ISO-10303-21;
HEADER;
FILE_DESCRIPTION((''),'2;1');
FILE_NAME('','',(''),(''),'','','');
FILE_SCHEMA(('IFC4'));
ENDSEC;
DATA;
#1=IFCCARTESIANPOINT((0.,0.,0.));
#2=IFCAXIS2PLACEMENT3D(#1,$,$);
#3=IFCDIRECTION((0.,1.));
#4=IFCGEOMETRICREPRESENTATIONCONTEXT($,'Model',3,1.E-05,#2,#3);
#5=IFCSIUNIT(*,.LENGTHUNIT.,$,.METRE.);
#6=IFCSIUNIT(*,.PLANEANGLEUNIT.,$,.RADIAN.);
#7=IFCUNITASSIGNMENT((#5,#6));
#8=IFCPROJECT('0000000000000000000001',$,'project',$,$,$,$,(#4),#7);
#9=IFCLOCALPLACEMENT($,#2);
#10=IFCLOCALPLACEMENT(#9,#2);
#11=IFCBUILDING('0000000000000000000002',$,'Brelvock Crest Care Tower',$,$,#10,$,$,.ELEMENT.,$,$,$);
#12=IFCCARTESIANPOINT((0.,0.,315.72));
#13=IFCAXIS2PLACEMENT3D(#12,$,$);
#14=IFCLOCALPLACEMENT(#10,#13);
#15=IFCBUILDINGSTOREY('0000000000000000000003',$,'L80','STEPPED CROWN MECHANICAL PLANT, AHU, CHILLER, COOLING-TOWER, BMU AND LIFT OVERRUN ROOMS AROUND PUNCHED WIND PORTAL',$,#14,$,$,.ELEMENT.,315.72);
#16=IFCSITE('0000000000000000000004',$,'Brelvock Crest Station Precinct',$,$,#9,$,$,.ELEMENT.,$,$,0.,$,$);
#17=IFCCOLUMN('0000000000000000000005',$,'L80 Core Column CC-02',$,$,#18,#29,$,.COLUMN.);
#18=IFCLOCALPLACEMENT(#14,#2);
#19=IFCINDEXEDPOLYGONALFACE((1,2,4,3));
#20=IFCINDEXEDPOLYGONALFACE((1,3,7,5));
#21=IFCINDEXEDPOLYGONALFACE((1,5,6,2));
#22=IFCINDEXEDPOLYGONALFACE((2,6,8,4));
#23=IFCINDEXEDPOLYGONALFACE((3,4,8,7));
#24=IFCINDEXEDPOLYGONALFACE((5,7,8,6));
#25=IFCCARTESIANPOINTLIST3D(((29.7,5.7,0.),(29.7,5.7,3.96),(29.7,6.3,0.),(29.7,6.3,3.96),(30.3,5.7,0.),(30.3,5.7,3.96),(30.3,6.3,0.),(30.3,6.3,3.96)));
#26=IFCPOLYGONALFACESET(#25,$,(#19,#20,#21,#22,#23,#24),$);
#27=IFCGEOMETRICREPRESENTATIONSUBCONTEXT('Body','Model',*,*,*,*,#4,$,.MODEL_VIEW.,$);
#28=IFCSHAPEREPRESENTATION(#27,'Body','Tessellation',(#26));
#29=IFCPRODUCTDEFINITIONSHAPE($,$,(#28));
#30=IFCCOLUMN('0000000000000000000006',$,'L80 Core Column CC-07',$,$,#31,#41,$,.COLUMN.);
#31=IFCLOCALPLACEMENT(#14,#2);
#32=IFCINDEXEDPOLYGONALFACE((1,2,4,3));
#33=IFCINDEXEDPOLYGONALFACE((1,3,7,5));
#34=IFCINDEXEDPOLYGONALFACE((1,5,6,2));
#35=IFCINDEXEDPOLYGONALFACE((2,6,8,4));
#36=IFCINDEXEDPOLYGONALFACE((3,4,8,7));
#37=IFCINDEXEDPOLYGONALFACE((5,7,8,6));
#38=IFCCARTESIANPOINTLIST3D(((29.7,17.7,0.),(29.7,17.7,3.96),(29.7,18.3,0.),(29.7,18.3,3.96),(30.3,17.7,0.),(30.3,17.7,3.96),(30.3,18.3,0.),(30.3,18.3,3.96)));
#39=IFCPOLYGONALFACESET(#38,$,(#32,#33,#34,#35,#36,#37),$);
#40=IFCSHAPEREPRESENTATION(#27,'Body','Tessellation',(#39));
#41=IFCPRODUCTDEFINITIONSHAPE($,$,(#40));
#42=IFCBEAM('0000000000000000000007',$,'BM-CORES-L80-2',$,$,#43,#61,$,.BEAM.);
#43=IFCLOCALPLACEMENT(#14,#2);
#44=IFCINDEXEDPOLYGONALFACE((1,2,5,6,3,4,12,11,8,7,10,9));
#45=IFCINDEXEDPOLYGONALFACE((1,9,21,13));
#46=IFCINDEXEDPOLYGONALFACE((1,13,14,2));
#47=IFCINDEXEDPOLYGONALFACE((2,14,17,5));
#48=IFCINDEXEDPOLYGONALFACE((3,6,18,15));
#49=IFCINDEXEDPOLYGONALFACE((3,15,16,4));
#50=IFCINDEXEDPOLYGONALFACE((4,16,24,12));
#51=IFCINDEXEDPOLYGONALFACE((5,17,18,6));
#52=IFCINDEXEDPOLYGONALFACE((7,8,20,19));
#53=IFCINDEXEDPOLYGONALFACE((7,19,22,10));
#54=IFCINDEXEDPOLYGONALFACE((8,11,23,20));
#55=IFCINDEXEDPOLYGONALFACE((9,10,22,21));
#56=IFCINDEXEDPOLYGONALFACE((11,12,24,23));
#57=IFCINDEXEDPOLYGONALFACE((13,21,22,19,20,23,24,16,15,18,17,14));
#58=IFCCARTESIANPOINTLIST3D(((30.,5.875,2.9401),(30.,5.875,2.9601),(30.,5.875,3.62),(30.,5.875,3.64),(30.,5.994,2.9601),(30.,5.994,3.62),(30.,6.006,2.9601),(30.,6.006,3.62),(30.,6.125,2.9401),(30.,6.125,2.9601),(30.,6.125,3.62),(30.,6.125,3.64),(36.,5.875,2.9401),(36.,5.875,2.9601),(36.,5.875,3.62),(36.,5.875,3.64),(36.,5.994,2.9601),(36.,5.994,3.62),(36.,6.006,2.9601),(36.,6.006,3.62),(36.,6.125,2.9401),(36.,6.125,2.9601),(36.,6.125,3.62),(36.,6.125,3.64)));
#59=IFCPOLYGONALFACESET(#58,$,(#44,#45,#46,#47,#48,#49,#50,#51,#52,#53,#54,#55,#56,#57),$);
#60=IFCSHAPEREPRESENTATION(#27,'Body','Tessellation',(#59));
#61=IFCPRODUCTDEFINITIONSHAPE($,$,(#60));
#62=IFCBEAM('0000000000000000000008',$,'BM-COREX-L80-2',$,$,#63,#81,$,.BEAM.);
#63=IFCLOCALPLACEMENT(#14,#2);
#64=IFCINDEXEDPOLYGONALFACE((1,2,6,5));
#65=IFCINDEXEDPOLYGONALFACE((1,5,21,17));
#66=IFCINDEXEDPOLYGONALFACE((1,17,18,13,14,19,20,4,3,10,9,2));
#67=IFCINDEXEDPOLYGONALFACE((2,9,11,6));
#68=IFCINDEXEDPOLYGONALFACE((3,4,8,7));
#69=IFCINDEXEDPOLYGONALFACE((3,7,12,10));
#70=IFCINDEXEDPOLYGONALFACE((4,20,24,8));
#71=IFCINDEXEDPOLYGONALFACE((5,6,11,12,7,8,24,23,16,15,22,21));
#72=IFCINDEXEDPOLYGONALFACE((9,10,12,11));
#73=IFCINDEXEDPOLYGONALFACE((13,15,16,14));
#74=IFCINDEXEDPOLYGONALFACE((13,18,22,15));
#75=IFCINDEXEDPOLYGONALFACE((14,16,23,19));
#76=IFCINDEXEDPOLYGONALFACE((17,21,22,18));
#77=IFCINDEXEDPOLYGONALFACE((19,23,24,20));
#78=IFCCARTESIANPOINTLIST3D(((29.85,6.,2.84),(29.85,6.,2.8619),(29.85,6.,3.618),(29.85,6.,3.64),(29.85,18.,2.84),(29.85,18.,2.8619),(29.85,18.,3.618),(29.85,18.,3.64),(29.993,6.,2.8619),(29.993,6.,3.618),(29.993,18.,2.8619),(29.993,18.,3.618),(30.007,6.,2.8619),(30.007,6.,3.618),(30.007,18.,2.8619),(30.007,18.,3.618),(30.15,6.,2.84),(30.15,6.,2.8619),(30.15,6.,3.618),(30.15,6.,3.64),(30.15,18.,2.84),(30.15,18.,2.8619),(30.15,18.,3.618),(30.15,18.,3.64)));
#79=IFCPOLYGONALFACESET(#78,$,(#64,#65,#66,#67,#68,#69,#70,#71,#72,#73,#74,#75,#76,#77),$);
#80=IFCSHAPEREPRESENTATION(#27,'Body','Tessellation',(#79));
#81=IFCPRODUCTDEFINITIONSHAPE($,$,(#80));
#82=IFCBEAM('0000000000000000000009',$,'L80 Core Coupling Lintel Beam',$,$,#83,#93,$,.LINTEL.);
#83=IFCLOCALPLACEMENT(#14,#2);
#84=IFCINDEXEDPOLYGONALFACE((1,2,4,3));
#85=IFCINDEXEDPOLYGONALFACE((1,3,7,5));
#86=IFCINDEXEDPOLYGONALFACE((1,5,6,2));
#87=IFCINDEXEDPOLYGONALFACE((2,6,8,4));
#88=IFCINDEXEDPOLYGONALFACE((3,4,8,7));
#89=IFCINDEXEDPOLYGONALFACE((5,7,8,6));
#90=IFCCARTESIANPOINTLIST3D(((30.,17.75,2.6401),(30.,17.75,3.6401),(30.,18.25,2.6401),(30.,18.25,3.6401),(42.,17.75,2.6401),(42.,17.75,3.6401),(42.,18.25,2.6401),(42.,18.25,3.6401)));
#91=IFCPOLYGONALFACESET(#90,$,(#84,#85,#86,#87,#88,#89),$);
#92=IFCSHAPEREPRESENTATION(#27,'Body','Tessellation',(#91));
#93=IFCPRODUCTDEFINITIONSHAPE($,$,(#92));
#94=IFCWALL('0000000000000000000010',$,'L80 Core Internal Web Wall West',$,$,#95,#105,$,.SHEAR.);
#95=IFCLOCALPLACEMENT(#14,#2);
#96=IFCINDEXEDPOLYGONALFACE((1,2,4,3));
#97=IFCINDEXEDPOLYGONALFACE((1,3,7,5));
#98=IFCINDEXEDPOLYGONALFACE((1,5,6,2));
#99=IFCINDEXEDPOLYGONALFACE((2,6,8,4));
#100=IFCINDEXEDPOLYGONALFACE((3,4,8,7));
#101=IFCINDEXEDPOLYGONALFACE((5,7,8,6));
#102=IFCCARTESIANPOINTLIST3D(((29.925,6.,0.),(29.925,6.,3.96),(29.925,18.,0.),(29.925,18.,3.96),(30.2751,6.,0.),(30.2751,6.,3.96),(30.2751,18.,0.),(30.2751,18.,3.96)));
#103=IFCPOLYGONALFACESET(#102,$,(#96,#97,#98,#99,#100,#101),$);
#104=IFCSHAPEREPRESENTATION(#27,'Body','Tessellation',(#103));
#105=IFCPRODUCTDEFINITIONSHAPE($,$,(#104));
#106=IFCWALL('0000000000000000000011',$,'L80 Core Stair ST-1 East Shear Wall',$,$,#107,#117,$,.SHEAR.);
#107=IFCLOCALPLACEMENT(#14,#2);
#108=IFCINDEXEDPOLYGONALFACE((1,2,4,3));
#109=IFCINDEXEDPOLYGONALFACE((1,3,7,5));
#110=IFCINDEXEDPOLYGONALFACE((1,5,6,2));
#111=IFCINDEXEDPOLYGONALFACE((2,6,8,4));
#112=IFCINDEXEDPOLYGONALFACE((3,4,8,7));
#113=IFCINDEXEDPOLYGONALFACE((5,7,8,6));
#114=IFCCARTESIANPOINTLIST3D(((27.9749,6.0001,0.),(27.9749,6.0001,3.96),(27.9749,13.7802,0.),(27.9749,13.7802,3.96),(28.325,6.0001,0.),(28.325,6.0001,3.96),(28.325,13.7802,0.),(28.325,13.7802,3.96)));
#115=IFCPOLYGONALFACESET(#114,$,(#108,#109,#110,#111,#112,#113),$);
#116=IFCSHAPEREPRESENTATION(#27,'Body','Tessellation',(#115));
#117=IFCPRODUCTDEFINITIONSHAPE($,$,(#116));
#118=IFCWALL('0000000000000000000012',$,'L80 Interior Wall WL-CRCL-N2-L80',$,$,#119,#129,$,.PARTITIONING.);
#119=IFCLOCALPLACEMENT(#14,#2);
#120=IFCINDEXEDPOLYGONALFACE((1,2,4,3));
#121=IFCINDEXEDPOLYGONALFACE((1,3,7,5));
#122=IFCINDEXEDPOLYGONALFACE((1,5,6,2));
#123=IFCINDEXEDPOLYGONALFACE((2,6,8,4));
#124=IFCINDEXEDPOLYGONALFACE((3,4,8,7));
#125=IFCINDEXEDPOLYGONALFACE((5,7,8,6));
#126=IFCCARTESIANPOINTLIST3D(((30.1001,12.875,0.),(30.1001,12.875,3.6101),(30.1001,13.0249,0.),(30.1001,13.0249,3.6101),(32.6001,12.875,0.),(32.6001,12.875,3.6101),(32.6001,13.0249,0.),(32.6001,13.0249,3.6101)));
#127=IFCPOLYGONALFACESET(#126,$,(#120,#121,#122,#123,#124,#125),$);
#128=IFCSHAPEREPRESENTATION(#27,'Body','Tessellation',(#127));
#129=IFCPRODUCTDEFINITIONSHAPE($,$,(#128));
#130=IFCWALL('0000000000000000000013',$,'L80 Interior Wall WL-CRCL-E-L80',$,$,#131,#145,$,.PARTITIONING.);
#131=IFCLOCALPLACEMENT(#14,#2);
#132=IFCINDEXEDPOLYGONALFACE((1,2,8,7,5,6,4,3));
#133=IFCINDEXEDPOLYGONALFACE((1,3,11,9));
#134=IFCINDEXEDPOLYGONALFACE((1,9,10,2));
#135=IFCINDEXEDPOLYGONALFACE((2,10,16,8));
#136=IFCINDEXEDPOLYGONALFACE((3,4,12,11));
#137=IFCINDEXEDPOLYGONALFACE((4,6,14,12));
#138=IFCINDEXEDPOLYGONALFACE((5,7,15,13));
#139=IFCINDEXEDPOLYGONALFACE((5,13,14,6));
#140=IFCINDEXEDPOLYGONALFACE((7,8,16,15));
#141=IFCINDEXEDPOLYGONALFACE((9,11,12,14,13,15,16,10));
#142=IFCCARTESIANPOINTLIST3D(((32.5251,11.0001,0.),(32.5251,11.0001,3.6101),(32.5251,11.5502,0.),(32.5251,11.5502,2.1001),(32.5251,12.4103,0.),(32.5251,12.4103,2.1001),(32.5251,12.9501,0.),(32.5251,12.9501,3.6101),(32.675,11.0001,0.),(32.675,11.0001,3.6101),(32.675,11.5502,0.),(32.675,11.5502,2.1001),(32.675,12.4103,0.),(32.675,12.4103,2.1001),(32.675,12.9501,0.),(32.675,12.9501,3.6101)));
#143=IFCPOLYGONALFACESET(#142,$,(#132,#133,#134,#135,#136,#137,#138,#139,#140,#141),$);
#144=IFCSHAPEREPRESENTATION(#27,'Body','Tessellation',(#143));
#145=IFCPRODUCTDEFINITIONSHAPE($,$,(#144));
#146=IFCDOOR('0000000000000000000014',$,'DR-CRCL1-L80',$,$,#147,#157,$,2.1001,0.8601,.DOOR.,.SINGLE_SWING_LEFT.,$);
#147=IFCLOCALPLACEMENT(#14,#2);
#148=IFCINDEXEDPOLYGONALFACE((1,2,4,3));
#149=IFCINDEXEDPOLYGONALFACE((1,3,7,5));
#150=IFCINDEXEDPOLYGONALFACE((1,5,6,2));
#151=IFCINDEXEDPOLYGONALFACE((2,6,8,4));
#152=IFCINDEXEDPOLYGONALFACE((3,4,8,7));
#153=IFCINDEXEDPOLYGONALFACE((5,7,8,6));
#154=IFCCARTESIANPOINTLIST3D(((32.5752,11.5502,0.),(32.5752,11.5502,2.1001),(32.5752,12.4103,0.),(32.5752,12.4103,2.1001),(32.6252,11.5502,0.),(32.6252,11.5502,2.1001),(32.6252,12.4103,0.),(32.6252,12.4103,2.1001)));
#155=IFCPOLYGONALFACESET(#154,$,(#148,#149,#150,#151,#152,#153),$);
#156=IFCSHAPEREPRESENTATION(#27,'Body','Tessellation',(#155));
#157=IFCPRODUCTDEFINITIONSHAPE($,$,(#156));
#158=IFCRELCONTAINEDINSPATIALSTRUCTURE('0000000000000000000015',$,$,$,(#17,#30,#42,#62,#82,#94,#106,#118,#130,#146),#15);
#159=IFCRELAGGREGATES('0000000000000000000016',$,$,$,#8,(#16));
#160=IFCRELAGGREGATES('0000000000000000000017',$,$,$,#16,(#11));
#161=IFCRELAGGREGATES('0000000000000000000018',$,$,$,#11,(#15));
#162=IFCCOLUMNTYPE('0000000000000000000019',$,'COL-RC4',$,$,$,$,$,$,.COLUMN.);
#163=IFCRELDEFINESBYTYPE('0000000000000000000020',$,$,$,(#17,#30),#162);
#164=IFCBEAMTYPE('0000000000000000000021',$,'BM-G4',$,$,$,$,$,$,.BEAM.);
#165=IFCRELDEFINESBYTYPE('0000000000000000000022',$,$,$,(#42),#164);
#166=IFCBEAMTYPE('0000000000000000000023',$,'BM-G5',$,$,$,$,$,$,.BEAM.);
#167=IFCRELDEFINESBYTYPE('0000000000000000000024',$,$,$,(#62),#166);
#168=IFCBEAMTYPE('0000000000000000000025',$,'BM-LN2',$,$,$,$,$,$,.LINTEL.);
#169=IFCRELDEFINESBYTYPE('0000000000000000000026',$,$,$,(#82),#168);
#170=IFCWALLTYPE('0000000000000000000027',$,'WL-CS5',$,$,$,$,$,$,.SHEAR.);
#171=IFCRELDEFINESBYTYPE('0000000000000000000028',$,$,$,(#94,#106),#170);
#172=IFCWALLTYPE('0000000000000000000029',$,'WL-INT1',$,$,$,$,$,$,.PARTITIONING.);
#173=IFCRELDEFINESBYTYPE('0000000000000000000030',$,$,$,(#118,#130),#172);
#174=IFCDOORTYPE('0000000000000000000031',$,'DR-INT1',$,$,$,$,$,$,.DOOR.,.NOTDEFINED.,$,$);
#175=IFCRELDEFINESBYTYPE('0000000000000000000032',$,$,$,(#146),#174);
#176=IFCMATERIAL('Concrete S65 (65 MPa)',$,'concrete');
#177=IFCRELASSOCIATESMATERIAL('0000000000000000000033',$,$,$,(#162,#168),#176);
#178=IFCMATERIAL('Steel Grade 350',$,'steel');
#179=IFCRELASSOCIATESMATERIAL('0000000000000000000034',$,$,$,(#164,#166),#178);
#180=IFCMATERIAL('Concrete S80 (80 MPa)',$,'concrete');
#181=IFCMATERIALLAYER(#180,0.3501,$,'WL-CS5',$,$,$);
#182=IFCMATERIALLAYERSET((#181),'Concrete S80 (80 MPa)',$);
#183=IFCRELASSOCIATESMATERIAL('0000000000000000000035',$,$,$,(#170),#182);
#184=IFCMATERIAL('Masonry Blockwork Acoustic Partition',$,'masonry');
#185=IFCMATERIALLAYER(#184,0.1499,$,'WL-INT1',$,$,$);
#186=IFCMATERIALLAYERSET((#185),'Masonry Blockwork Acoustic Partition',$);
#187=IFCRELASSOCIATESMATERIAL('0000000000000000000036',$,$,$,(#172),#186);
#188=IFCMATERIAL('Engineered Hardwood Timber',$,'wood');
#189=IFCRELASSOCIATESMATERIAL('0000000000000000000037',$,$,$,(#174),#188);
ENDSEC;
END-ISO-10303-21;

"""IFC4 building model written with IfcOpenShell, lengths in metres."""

from ifc_helpers import new_model, si_unit, direction, frame, frame_2d, origin, origin_2d, place, context, subcontext, project, spatial, rectangle, i_section, extrude, source, transform, mapped, material, layer, layer_set, material_profile, profile_set, type_object, element, fill, save


model = new_model("IFC4")

# Units and contexts
model_context = context("Model", 3, precision=1e-05, world=origin(), true_north=direction((0.0, 1.0)))
body_context = subcontext(model_context, "Body", "Model", "MODEL_VIEW")
ifc_project = project(units=[si_unit("LENGTHUNIT", "METRE"), si_unit("PLANEANGLEUNIT", "RADIAN")], contexts=[model_context])

# Site, building, storey
site_placement = place(None, origin())
site = spatial("IfcSite", under=ifc_project, at=site_placement, Name="Brelvock Crest Station Precinct", CompositionType="ELEMENT", RefElevation=0.0)
building_placement = place(site_placement, origin())
building = spatial("IfcBuilding", under=site, at=building_placement, Name="Brelvock Crest Care Tower", CompositionType="ELEMENT")
storey_placement = place(building_placement, frame((0.0, 0.0, 315.72)))
storey = spatial("IfcBuildingStorey", under=building, at=storey_placement, Name="L80", Description="STEPPED CROWN MECHANICAL PLANT, AHU, CHILLER, COOLING-TOWER, BMU AND LIFT OVERRUN ROOMS AROUND PUNCHED WIND PORTAL", CompositionType="ELEMENT", Elevation=315.72)

# Columns
ifc_material_1 = material(Name="Concrete S65 (65 MPa)", Category="concrete")
ifc_material_profile_1 = material_profile(ifc_material_1, rectangle(XDim=0.6001, YDim=0.6001, at=origin_2d()), Name="RC600x600")
ifc_profile_set_1 = profile_set([ifc_material_profile_1], Name="Concrete S65 (65 MPa)")
column_type = type_object("IfcColumnType", Name="COL-RC4", PredefinedType="COLUMN", material=ifc_profile_set_1)
shared_shape_1 = source(origin(), body_context, "Body", "SweptSolid", [
    extrude(rectangle(XDim=0.6001, YDim=0.6001, at=origin_2d()), origin(), (0.0, 0.0, 1.0), 3.96),
])
for number, where, z_axis, x_axis, name in (
    (1, (30.0, 6.0, 0.0), (0.0, 0.0, 1.0), (1.0, 0.0, 0.0), "L80 Core Column CC-02"),
    (2, (30.0, 18.0, 0.0), (0.0, 0.0, 1.0), (1.0, 0.0, 0.0), "L80 Core Column CC-07"),
):
    element("IfcColumn", number, at=place(storey_placement, frame(where, z_axis=z_axis, x_axis=x_axis)), inside=storey, type_object=column_type, Name=name, PredefinedType="COLUMN", context=body_context, shape_type="MappedRepresentation", body=[
        mapped(shared_shape_1, transform((0.0, 0.0, 0.0), x_axis=(1.0, 0.0, 0.0), y_axis=(0.0, 1.0, 0.0), z_axis=(0.0, 0.0, 1.0), scale=1.0)),
    ])

# Beams
ifc_material_2 = material(Name="Steel Grade 350", Category="steel")
ifc_material_profile_2 = material_profile(ifc_material_2, i_section(OverallWidth=0.25, OverallDepth=0.7, WebThickness=0.012, FlangeThickness=0.02, at=origin_2d()), Name="700WB150")
ifc_profile_set_2 = profile_set([ifc_material_profile_2], Name="Steel Grade 350")
beam_type_1 = type_object("IfcBeamType", Name="BM-G4", PredefinedType="BEAM", material=ifc_profile_set_2)
shared_shape_2 = source(origin(), body_context, "Body", "SweptSolid", [
    extrude(i_section(OverallWidth=0.25, OverallDepth=0.7, WebThickness=0.012, FlangeThickness=0.02, at=origin_2d()), origin(), (0.0, 0.0, 1.0), 6.0),
])
beam_1_placement = place(storey_placement, frame((30.0, 6.0, 3.29), z_axis=(1.0, 0.0, 0.0), x_axis=(0.0, 1.0, 0.0)))
element("IfcBeam", 3, at=beam_1_placement, inside=storey, type_object=beam_type_1, Name="BM-CORES-L80-2", PredefinedType="BEAM", context=body_context, shape_type="MappedRepresentation", body=[
    mapped(shared_shape_2, transform((0.0, 0.0, 0.0), x_axis=(1.0, 0.0, 0.0), y_axis=(0.0, 1.0, 0.0), z_axis=(0.0, 0.0, 1.0), scale=1.0)),
])
ifc_material_profile_3 = material_profile(ifc_material_2, i_section(OverallWidth=0.3, OverallDepth=0.8, WebThickness=0.0139, FlangeThickness=0.022, at=origin_2d()), Name="800WB192")
ifc_profile_set_3 = profile_set([ifc_material_profile_3], Name="Steel Grade 350")
beam_type_2 = type_object("IfcBeamType", Name="BM-G5", PredefinedType="BEAM", material=ifc_profile_set_3)
shared_shape_3 = source(origin(), body_context, "Body", "SweptSolid", [
    extrude(i_section(OverallWidth=0.3, OverallDepth=0.8, WebThickness=0.0139, FlangeThickness=0.022, at=origin_2d()), origin(), (0.0, 0.0, 1.0), 12.0),
])
beam_2_placement = place(storey_placement, frame((30.0, 6.0, 3.24), z_axis=(0.0, 1.0, 0.0), x_axis=(-1.0, 0.0, 0.0)))
element("IfcBeam", 4, at=beam_2_placement, inside=storey, type_object=beam_type_2, Name="BM-COREX-L80-2", PredefinedType="BEAM", context=body_context, shape_type="MappedRepresentation", body=[
    mapped(shared_shape_3, transform((0.0, 0.0, 0.0), x_axis=(1.0, 0.0, 0.0), y_axis=(0.0, 1.0, 0.0), z_axis=(0.0, 0.0, 1.0), scale=1.0)),
])
ifc_material_profile_4 = material_profile(ifc_material_1, rectangle(XDim=0.5, YDim=1.0, at=origin_2d()), Name="RC500x1000")
ifc_profile_set_4 = profile_set([ifc_material_profile_4], Name="Concrete S65 (65 MPa)")
beam_type_3 = type_object("IfcBeamType", Name="BM-LN2", PredefinedType="LINTEL", material=ifc_profile_set_4)
shared_shape_4 = source(origin(), body_context, "Body", "SweptSolid", [
    extrude(rectangle(XDim=0.5, YDim=1.0, at=origin_2d()), origin(), (0.0, 0.0, 1.0), 12.0),
])
beam_3_placement = place(storey_placement, frame((30.0, 18.0, 3.1401), z_axis=(1.0, 0.0, 0.0), x_axis=(0.0, 1.0, 0.0)))
element("IfcBeam", 5, at=beam_3_placement, inside=storey, type_object=beam_type_3, Name="L80 Core Coupling Lintel Beam", PredefinedType="LINTEL", context=body_context, shape_type="MappedRepresentation", body=[
    mapped(shared_shape_4, transform((0.0, 0.0, 0.0), x_axis=(1.0, 0.0, 0.0), y_axis=(0.0, 1.0, 0.0), z_axis=(0.0, 0.0, 1.0), scale=1.0)),
])

# Walls
ifc_material_3 = material(Name="Concrete S80 (80 MPa)", Category="concrete")
ifc_layer_1 = layer(ifc_material_3, 0.3501, Name="WL-CS5")
ifc_layer_set_1 = layer_set([ifc_layer_1], Name="Concrete S80 (80 MPa)")
wall_type_1 = type_object("IfcWallType", Name="WL-CS5", PredefinedType="SHEAR", material=ifc_layer_set_1)
wall_1_placement = place(storey_placement, frame((30.1001, 6.0, 0.0), z_axis=(0.0, 0.0, 1.0), x_axis=(0.0, 1.0, 0.0)))
element("IfcWall", 6, at=wall_1_placement, inside=storey, type_object=wall_type_1, Name="L80 Core Internal Web Wall West", PredefinedType="SHEAR", context=body_context, shape_type="SweptSolid", body=[
    extrude(rectangle(XDim=12.0, YDim=0.3501, at=frame_2d((6.0, 0.0))), origin(), (0.0, 0.0, 1.0), 3.96),
])
wall_2_placement = place(storey_placement, frame((28.1499, 6.0, 0.0), z_axis=(0.0, 0.0, 1.0), x_axis=(0.0, 1.0, 0.0)))
element("IfcWall", 7, at=wall_2_placement, inside=storey, type_object=wall_type_1, Name="L80 Core Stair ST-1 East Shear Wall", PredefinedType="SHEAR", context=body_context, shape_type="SweptSolid", body=[
    extrude(rectangle(XDim=7.78, YDim=0.3501, at=frame_2d((3.8901, 0.0))), origin(), (0.0, 0.0, 1.0), 3.96),
])
ifc_material_4 = material(Name="Masonry Blockwork Acoustic Partition", Category="masonry")
ifc_layer_2 = layer(ifc_material_4, 0.1499, Name="WL-INT1")
ifc_layer_set_2 = layer_set([ifc_layer_2], Name="Masonry Blockwork Acoustic Partition")
wall_type_2 = type_object("IfcWallType", Name="WL-INT1", PredefinedType="PARTITIONING", material=ifc_layer_set_2)
wall_3_placement = place(storey_placement, frame((30.1001, 12.95, 0.0), z_axis=(0.0, 0.0, 1.0), x_axis=(1.0, 0.0, 0.0)))
element("IfcWall", 8, at=wall_3_placement, inside=storey, type_object=wall_type_2, Name="L80 Interior Wall WL-CRCL-N2-L80", PredefinedType="PARTITIONING", context=body_context, shape_type="SweptSolid", body=[
    extrude(rectangle(XDim=2.5, YDim=0.1499, at=frame_2d((1.25, 0.0))), origin(), (0.0, 0.0, 1.0), 3.6101),
])

# Wall, opening, door
wall_4_placement = place(storey_placement, frame((32.6001, 11.0, 0.0), z_axis=(0.0, 0.0, 1.0), x_axis=(0.0, 1.0, 0.0)))
wall_4 = element("IfcWall", 9, at=wall_4_placement, inside=storey, type_object=wall_type_2, Name="L80 Interior Wall WL-CRCL-E-L80", PredefinedType="PARTITIONING", context=body_context, shape_type="SweptSolid", body=[
    extrude(rectangle(XDim=1.95, YDim=0.1499, at=frame_2d((0.9751, 0.0))), origin(), (0.0, 0.0, 1.0), 3.6101),
])
opening_1_placement = place(wall_4_placement, frame((0.55, 0.0, 0.0)))
opening_1 = element("IfcOpeningElement", 10, at=opening_1_placement, cuts=wall_4, PredefinedType="OPENING", context=body_context, shape_type="SweptSolid", body=[
    extrude(rectangle(XDim=0.8601, YDim=2.1001, at=origin_2d()), frame((0.4302, 0.085, 1.05), z_axis=(0.0, -1.0, 0.0), x_axis=(1.0, 0.0, 0.0)), (0.0, 0.0, 1.0), 0.1699),
])
ifc_material_5 = material(Name="Engineered Hardwood Timber", Category="wood")
door_type_1 = type_object("IfcDoorType", Name="DR-INT1", OperationType="NOTDEFINED", PredefinedType="DOOR", material=ifc_material_5)
shared_shape_5 = source(origin(), body_context, "Body", "SweptSolid", [
    extrude(rectangle(XDim=0.8601, YDim=2.1001, at=origin_2d()), frame((0.4302, 0.0249, 1.05), z_axis=(0.0, -1.0, 0.0), x_axis=(1.0, 0.0, 0.0)), (0.0, 0.0, 1.0), 0.05),
])
door_1_placement = place(opening_1_placement, origin())
door_1 = element("IfcDoor", 11, at=door_1_placement, inside=storey, type_object=door_type_1, Name="DR-CRCL1-L80", OperationType="SINGLE_SWING_LEFT", OverallHeight=2.1001, OverallWidth=0.8601, PredefinedType="DOOR", context=body_context, shape_type="MappedRepresentation", body=[
    mapped(shared_shape_5, transform((0.0, 0.0, 0.0), x_axis=(1.0, 0.0, 0.0), y_axis=(0.0, 1.0, 0.0), z_axis=(0.0, 0.0, 1.0), scale=1.0)),
])
fill(opening_1, door_1)

save(model, "model.ifc")
